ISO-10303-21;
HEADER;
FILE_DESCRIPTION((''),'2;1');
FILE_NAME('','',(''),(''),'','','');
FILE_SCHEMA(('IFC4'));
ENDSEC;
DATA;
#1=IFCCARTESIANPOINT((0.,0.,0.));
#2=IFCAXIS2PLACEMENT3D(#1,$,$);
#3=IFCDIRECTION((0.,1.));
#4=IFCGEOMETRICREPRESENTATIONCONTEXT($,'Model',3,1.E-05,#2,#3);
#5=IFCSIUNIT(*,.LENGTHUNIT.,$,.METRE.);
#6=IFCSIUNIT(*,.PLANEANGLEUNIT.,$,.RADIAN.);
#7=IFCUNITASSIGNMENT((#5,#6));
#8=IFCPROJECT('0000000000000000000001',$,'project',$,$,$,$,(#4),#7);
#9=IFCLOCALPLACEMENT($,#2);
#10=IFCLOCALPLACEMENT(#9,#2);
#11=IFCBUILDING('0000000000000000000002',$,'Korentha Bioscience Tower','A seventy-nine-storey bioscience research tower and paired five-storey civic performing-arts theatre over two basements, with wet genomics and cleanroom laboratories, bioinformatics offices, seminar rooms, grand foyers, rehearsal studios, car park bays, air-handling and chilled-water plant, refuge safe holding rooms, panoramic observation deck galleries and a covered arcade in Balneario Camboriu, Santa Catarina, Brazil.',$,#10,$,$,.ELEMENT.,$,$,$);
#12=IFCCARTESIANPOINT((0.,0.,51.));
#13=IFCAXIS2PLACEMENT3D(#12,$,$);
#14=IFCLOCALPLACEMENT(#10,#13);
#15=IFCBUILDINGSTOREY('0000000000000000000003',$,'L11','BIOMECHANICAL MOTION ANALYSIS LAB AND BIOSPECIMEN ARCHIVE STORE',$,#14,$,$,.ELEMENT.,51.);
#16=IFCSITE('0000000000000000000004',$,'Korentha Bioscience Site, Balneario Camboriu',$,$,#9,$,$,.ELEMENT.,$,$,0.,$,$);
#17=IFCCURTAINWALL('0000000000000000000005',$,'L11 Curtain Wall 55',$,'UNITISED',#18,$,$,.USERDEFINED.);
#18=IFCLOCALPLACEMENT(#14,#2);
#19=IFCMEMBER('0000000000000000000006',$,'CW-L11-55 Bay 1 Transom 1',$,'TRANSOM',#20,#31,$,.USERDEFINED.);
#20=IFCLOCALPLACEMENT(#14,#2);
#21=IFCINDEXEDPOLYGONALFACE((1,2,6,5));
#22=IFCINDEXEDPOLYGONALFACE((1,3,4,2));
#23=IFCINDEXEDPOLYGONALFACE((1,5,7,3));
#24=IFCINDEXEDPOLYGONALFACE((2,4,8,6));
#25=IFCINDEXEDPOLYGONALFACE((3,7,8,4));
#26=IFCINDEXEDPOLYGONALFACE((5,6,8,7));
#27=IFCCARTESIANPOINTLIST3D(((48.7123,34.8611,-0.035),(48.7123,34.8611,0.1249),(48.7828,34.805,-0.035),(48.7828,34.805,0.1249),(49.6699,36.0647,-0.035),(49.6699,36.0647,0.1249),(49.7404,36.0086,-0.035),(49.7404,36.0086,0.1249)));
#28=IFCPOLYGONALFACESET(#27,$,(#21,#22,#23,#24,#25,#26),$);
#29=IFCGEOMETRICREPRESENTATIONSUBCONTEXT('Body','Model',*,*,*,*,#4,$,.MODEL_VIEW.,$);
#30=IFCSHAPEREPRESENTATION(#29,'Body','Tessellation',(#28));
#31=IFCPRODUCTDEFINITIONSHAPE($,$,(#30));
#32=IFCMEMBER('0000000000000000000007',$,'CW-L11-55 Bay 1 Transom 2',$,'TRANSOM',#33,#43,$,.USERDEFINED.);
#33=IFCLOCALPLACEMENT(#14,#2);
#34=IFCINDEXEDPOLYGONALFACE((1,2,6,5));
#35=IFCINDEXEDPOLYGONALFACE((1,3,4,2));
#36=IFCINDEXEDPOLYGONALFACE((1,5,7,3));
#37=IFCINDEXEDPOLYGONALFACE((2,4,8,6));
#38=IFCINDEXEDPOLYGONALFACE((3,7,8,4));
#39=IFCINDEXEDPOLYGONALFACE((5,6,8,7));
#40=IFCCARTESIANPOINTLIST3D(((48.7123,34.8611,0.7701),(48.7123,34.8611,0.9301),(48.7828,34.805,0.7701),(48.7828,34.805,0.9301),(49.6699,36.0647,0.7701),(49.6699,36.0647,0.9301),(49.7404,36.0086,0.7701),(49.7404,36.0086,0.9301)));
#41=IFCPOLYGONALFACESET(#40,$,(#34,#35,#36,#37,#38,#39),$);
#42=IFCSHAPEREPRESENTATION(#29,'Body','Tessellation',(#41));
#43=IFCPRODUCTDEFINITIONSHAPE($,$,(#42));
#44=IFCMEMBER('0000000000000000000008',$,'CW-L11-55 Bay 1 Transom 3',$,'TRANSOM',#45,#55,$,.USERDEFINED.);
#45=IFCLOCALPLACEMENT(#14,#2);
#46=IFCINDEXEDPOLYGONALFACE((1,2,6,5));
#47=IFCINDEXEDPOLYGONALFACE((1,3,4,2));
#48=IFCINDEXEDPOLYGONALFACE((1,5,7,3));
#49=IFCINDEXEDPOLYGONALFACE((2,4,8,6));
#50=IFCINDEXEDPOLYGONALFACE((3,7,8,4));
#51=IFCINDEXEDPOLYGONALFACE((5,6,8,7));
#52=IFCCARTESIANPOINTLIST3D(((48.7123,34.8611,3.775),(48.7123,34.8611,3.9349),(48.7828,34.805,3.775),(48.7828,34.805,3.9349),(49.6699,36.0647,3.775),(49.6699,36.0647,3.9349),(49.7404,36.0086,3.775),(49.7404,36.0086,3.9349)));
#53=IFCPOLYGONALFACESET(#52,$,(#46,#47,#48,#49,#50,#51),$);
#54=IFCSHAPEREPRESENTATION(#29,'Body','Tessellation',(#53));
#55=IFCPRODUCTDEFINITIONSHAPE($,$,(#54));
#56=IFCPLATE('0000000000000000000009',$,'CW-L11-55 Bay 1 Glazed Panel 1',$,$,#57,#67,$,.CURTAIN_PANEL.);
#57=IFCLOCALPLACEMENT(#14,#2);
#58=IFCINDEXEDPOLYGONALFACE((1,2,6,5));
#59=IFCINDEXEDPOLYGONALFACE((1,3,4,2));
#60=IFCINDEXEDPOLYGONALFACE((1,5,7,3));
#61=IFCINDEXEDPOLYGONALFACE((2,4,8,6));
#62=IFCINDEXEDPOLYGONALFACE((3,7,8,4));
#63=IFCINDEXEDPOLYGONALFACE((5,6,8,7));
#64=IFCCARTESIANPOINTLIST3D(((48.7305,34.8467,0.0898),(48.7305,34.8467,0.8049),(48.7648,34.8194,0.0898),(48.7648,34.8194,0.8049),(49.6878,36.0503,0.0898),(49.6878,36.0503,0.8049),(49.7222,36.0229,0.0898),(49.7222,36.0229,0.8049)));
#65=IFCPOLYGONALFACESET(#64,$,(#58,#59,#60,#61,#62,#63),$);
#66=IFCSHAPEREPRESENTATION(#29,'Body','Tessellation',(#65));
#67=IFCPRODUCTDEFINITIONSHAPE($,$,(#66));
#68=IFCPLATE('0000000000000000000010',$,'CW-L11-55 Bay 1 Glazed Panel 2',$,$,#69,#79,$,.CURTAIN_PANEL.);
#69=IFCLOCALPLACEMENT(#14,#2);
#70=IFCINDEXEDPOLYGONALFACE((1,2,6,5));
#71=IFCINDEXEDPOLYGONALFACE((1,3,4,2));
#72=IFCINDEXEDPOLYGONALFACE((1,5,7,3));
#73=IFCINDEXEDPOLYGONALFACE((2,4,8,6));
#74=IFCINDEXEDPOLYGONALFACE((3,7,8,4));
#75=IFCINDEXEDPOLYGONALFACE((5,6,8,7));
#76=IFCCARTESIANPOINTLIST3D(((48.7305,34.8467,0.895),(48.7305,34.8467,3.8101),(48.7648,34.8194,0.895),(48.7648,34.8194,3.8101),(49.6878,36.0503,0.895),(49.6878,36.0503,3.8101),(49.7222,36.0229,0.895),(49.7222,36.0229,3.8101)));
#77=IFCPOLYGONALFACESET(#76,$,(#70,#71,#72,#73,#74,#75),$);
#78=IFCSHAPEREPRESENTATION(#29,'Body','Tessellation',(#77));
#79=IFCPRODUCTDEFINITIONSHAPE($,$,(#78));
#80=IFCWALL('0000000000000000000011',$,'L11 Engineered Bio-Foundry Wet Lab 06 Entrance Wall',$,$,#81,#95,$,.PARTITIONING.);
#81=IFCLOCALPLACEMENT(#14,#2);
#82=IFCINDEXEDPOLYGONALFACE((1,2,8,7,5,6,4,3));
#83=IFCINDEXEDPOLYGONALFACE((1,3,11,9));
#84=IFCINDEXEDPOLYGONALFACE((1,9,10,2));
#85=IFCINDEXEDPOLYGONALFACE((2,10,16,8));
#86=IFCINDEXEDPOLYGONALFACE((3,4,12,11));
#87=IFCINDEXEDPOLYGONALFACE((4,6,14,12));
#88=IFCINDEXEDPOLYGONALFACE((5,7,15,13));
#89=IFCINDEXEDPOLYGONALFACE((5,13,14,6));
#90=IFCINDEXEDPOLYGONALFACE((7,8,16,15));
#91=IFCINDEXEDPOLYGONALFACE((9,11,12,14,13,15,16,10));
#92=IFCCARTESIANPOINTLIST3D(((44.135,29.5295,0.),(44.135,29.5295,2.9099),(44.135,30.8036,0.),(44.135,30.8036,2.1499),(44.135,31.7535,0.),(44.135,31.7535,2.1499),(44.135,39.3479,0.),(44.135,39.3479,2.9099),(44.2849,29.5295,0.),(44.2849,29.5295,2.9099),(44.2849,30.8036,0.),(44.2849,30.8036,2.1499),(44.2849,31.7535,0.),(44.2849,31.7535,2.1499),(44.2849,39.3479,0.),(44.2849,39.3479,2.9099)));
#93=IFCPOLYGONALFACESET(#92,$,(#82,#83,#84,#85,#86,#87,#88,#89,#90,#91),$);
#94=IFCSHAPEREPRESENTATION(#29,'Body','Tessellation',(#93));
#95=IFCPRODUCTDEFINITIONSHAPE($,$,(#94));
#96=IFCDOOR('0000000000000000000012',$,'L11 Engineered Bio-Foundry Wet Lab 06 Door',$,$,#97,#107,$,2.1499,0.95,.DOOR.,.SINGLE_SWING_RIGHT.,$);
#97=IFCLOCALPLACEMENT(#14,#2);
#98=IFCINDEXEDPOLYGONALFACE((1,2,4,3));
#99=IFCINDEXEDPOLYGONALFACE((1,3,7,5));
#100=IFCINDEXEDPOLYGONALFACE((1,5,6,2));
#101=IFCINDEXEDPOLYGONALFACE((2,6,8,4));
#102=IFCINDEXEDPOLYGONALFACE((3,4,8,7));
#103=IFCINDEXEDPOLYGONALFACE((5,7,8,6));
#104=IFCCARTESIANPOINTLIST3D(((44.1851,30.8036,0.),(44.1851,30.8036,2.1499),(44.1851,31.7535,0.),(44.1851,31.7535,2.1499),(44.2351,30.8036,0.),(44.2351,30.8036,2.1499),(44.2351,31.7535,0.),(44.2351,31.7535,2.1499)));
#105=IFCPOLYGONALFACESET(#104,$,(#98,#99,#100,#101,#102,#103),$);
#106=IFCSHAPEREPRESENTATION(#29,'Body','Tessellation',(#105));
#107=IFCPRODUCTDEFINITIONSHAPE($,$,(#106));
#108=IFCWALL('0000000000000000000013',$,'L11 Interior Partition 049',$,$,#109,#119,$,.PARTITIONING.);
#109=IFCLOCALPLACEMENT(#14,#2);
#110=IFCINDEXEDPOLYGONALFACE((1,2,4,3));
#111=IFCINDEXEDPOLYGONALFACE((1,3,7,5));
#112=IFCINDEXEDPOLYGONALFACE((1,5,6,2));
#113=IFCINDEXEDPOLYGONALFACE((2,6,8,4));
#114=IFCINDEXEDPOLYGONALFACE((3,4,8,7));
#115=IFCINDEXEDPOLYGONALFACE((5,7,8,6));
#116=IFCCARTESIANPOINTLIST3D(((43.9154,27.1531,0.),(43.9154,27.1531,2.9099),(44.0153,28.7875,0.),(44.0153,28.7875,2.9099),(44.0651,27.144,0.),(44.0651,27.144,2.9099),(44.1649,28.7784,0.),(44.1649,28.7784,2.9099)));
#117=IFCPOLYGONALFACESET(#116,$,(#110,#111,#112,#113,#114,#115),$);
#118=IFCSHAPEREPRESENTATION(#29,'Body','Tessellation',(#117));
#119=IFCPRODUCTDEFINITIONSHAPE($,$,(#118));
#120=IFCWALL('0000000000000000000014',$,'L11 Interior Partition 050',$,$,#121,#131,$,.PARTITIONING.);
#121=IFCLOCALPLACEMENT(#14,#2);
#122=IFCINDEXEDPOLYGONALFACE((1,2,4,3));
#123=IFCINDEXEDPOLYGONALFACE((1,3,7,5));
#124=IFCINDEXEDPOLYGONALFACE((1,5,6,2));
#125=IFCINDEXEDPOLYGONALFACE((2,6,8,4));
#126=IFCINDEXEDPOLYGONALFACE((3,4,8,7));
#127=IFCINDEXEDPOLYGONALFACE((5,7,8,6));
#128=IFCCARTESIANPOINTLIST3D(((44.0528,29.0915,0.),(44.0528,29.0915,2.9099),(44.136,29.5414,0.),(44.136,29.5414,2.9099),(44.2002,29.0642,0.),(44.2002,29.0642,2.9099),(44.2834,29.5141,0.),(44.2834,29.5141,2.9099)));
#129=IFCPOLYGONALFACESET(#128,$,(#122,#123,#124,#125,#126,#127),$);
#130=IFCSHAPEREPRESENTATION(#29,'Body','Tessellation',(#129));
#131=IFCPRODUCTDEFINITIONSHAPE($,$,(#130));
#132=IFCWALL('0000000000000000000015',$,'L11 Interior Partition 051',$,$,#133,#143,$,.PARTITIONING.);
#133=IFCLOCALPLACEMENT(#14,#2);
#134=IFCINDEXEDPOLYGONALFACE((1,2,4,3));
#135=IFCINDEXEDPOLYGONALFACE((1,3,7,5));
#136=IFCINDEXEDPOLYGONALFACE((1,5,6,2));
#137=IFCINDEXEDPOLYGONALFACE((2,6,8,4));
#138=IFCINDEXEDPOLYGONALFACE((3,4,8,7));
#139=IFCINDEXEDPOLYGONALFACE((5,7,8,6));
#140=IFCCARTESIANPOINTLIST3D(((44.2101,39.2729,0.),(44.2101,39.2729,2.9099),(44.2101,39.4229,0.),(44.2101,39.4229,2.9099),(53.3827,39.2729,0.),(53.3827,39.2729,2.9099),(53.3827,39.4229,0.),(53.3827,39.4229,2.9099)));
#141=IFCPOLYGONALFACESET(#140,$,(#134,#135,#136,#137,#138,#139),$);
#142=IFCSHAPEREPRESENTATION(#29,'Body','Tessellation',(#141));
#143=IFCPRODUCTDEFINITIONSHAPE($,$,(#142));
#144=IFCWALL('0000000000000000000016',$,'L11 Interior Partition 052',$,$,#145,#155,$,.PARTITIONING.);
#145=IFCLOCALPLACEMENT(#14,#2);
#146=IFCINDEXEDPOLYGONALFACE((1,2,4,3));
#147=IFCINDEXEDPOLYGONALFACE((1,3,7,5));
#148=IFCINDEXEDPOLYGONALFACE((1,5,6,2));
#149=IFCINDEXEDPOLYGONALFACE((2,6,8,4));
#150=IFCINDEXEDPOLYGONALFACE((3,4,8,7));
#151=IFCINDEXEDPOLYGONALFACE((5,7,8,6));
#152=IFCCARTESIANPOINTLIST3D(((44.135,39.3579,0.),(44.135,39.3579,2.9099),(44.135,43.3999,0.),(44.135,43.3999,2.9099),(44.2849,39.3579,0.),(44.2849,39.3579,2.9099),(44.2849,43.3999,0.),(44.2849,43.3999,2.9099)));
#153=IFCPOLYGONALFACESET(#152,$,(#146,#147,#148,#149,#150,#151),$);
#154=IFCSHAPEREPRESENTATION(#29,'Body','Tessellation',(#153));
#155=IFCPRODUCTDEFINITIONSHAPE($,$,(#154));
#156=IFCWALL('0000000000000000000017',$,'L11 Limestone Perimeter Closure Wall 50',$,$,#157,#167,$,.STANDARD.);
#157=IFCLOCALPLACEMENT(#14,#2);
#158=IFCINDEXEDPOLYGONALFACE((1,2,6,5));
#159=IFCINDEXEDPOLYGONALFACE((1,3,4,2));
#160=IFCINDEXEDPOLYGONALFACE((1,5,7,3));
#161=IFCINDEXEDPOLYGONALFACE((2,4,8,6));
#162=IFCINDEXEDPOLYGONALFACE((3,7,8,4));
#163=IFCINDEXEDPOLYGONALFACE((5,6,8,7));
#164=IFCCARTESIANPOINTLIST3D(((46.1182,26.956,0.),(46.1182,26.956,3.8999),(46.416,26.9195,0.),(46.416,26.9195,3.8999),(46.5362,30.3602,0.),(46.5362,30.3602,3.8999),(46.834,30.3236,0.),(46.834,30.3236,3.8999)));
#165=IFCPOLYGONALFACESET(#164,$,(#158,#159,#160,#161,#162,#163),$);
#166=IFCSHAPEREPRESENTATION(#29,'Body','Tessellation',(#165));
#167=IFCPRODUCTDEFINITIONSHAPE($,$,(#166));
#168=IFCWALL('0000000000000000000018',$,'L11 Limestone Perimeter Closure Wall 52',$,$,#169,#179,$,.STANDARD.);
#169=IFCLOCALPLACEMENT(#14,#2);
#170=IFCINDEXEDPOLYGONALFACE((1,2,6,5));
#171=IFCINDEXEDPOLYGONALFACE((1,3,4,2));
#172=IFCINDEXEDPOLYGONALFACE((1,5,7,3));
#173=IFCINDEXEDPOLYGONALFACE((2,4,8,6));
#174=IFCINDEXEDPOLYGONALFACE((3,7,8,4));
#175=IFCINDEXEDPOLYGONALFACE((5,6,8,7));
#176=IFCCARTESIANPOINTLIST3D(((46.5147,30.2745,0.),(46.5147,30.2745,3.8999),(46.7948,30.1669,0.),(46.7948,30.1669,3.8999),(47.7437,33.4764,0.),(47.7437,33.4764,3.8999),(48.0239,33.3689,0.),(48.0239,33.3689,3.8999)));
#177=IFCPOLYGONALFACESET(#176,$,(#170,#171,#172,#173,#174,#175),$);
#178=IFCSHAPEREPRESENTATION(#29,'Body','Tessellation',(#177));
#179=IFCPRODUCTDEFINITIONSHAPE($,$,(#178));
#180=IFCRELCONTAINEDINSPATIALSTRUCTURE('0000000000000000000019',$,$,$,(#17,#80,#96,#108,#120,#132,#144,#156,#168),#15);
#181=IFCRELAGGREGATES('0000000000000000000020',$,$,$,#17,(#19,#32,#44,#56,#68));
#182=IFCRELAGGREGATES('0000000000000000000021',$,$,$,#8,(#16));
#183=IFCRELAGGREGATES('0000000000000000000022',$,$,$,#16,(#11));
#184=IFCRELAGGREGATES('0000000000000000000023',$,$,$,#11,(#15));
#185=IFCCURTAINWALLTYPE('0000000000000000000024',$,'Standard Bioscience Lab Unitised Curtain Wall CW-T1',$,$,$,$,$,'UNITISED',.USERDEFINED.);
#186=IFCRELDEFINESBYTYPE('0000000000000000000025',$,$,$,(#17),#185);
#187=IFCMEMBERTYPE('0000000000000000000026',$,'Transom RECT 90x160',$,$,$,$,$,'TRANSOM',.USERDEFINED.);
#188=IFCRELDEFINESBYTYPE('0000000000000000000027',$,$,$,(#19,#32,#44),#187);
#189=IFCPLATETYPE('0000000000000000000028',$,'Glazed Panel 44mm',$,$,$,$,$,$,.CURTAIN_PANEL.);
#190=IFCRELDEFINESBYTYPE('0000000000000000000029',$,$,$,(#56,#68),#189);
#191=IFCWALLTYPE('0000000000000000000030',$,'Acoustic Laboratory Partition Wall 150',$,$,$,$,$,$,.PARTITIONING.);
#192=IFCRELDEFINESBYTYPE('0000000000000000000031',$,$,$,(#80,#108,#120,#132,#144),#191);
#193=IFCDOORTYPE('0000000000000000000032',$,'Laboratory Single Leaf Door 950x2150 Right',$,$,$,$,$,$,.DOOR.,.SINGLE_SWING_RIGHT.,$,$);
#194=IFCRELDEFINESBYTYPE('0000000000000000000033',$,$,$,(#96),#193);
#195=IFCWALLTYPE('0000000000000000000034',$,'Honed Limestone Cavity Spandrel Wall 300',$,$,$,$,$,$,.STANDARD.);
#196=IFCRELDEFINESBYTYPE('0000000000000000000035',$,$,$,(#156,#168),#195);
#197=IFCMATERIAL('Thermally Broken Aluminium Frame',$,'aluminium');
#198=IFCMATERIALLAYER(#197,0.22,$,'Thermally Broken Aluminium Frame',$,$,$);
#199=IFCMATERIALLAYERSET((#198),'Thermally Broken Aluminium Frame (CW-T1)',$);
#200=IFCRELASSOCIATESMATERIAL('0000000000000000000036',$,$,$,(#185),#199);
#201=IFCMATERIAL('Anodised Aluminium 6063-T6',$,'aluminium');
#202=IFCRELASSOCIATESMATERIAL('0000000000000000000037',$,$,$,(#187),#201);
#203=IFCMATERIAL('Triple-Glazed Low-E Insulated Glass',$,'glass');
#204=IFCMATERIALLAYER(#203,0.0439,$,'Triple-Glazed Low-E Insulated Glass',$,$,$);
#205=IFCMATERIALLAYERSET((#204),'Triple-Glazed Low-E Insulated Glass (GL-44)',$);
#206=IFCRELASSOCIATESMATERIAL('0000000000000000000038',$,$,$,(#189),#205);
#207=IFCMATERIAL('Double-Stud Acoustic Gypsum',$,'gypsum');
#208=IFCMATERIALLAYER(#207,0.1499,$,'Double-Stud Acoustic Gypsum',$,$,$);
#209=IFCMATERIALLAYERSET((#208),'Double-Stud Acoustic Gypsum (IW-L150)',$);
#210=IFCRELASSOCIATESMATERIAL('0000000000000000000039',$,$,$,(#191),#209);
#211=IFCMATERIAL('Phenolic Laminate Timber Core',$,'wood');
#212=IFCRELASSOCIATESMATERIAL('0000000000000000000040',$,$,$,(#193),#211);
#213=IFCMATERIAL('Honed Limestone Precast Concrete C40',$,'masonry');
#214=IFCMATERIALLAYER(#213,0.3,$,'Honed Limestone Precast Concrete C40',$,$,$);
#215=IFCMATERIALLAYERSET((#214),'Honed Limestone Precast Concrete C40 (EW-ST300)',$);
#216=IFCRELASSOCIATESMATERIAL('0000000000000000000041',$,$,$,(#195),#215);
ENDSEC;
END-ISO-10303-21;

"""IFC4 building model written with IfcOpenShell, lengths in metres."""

from ifc_helpers import new_model, si_unit, direction, frame, frame_2d, origin, origin_2d, place, context, subcontext, project, spatial, rectangle, extrude, material, layer, layer_set, material_profile, profile_set, type_object, element, fill, aggregate, save


model = new_model("IFC4")

# Units and contexts
model_context = context("Model", 3, precision=1e-05, world=origin(), true_north=direction((0.0, 1.0)))
body_context = subcontext(model_context, "Body", "Model", "MODEL_VIEW")
ifc_project = project(units=[si_unit("LENGTHUNIT", "METRE"), si_unit("PLANEANGLEUNIT", "RADIAN")], contexts=[model_context])

# Site, building, storey
site_placement = place(None, origin())
site = spatial("IfcSite", under=ifc_project, at=site_placement, Name="Korentha Bioscience Site, Balneario Camboriu", CompositionType="ELEMENT", RefElevation=0.0)
building_placement = place(site_placement, origin())
building = spatial("IfcBuilding", under=site, at=building_placement, Name="Korentha Bioscience Tower", Description="A seventy-nine-storey bioscience research tower and paired five-storey civic performing-arts theatre over two basements, with wet genomics and cleanroom laboratories, bioinformatics offices, seminar rooms, grand foyers, rehearsal studios, car park bays, air-handling and chilled-water plant, refuge safe holding rooms, panoramic observation deck galleries and a covered arcade in Balneario Camboriu, Santa Catarina, Brazil.", CompositionType="ELEMENT")
storey_placement = place(building_placement, frame((0.0, 0.0, 51.0)))
storey = spatial("IfcBuildingStorey", under=building, at=storey_placement, Name="L11", Description="BIOMECHANICAL MOTION ANALYSIS LAB AND BIOSPECIMEN ARCHIVE STORE", CompositionType="ELEMENT", Elevation=51.0)

# Shared definitions
ifc_material_1 = material(Name="Thermally Broken Aluminium Frame", Category="aluminium")
ifc_layer_1 = layer(ifc_material_1, 0.22, Name="Thermally Broken Aluminium Frame")
ifc_layer_set_1 = layer_set([ifc_layer_1], Name="Thermally Broken Aluminium Frame (CW-T1)")
curtain_wall_type = type_object("IfcCurtainWallType", Name="Standard Bioscience Lab Unitised Curtain Wall CW-T1", ElementType="UNITISED", PredefinedType="USERDEFINED", material=ifc_layer_set_1)
ifc_material_2 = material(Name="Anodised Aluminium 6063-T6", Category="aluminium")

# Curtain wall
curtain_wall_1_placement = place(storey_placement, origin())
curtain_wall_1 = element("IfcCurtainWall", 1, at=curtain_wall_1_placement, inside=storey, type_object=curtain_wall_type, Name="L11 Curtain Wall 55", ObjectType="UNITISED", PredefinedType="USERDEFINED")

# Members
ifc_material_profile_1 = material_profile(ifc_material_2, rectangle(XDim=0.0901, YDim=0.1599, at=origin_2d()), Name="Anodised Aluminium 6063-T6")
ifc_profile_set_1 = profile_set([ifc_material_profile_1], Name="Anodised Aluminium 6063-T6 (CW-TRN)")
member_type_1 = type_object("IfcMemberType", Name="Transom RECT 90x160", ElementType="TRANSOM", PredefinedType="USERDEFINED", material=ifc_profile_set_1)
member_1_placement = place(storey_placement, frame((48.7476, 34.833, 0.0449), z_axis=(0.622563, 0.782569, 0.0), x_axis=(-0.782569, 0.622563, 0.0)))
member_1 = element("IfcMember", 2, at=member_1_placement, type_object=member_type_1, Name="CW-L11-55 Bay 1 Transom 1", ObjectType="TRANSOM", PredefinedType="USERDEFINED", context=body_context, shape_type="SweptSolid", body=[
    extrude(rectangle(XDim=0.0901, YDim=0.1599, at=origin_2d()), origin(), (0.0, 0.0, 1.0), 1.5381),
])
member_2_placement = place(storey_placement, frame((48.7476, 34.833, 0.8501), z_axis=(0.622563, 0.782569, 0.0), x_axis=(-0.782569, 0.622563, 0.0)))
member_2 = element("IfcMember", 3, at=member_2_placement, type_object=member_type_1, Name="CW-L11-55 Bay 1 Transom 2", ObjectType="TRANSOM", PredefinedType="USERDEFINED", context=body_context, shape_type="SweptSolid", body=[
    extrude(rectangle(XDim=0.0901, YDim=0.1599, at=origin_2d()), origin(), (0.0, 0.0, 1.0), 1.5381),
])
member_3_placement = place(storey_placement, frame((48.7476, 34.833, 3.855), z_axis=(0.622563, 0.782569, 0.0), x_axis=(-0.782569, 0.622563, 0.0)))
member_3 = element("IfcMember", 4, at=member_3_placement, type_object=member_type_1, Name="CW-L11-55 Bay 1 Transom 3", ObjectType="TRANSOM", PredefinedType="USERDEFINED", context=body_context, shape_type="SweptSolid", body=[
    extrude(rectangle(XDim=0.0901, YDim=0.1599, at=origin_2d()), origin(), (0.0, 0.0, 1.0), 1.5381),
])

# Plates
ifc_material_3 = material(Name="Triple-Glazed Low-E Insulated Glass", Category="glass")
ifc_layer_2 = layer(ifc_material_3, 0.0439, Name="Triple-Glazed Low-E Insulated Glass")
ifc_layer_set_2 = layer_set([ifc_layer_2], Name="Triple-Glazed Low-E Insulated Glass (GL-44)")
plate_type = type_object("IfcPlateType", Name="Glazed Panel 44mm", PredefinedType="CURTAIN_PANEL", material=ifc_layer_set_2)
plate_1_placement = place(storey_placement, frame((49.2263, 35.4348, 0.0898), z_axis=(0.0, 0.0, 1.0), x_axis=(0.62252, 0.782604, 0.0)))
plate_1 = element("IfcPlate", 5, at=plate_1_placement, type_object=plate_type, Name="CW-L11-55 Bay 1 Glazed Panel 1", PredefinedType="CURTAIN_PANEL", context=body_context, shape_type="SweptSolid", body=[
    extrude(rectangle(XDim=1.5378, YDim=0.0439, at=origin_2d()), origin(), (0.0, 0.0, 1.0), 0.7151),
])
plate_2_placement = place(storey_placement, frame((49.2263, 35.4348, 0.895), z_axis=(0.0, 0.0, 1.0), x_axis=(0.62252, 0.782604, 0.0)))
plate_2 = element("IfcPlate", 6, at=plate_2_placement, type_object=plate_type, Name="CW-L11-55 Bay 1 Glazed Panel 2", PredefinedType="CURTAIN_PANEL", context=body_context, shape_type="SweptSolid", body=[
    extrude(rectangle(XDim=1.5378, YDim=0.0439, at=origin_2d()), origin(), (0.0, 0.0, 1.0), 2.915),
])
aggregate(curtain_wall_1, [member_1, member_2, member_3, plate_1, plate_2])

# Wall, opening, door
ifc_material_4 = material(Name="Double-Stud Acoustic Gypsum", Category="gypsum")
ifc_layer_3 = layer(ifc_material_4, 0.1499, Name="Double-Stud Acoustic Gypsum")
ifc_layer_set_3 = layer_set([ifc_layer_3], Name="Double-Stud Acoustic Gypsum (IW-L150)")
wall_type_1 = type_object("IfcWallType", Name="Acoustic Laboratory Partition Wall 150", PredefinedType="PARTITIONING", material=ifc_layer_set_3)
wall_1_placement = place(storey_placement, frame((44.21, 29.5295, 0.0), z_axis=(0.0, 0.0, 1.0), x_axis=(0.0, 1.0, 0.0)))
wall_1 = element("IfcWall", 7, at=wall_1_placement, inside=storey, type_object=wall_type_1, Name="L11 Engineered Bio-Foundry Wet Lab 06 Entrance Wall", PredefinedType="PARTITIONING", context=body_context, shape_type="SweptSolid", body=[
    extrude(rectangle(XDim=9.8184, YDim=0.1499, at=frame_2d((4.9092, 0.0))), origin(), (0.0, 0.0, 1.0), 2.9099),
])
opening_placement = place(wall_1_placement, frame((1.2739, 0.0, 0.0)))
opening = element("IfcOpeningElement", 8, at=opening_placement, cuts=wall_1, PredefinedType="OPENING", context=body_context, shape_type="SweptSolid", body=[
    extrude(rectangle(XDim=0.95, YDim=2.1499, at=frame_2d((0.4751, 1.075))), frame((0.0, 0.0898, 0.0), z_axis=(0.0, -1.0, 0.0), x_axis=(1.0, 0.0, 0.0)), (0.0, 0.0, 1.0), 0.1797),
])
ifc_material_5 = material(Name="Phenolic Laminate Timber Core", Category="wood")
door_type = type_object("IfcDoorType", Name="Laboratory Single Leaf Door 950x2150 Right", OperationType="SINGLE_SWING_RIGHT", PredefinedType="DOOR", material=ifc_material_5)
door_placement = place(opening_placement, origin())
door = element("IfcDoor", 9, at=door_placement, inside=storey, type_object=door_type, Name="L11 Engineered Bio-Foundry Wet Lab 06 Door", OperationType="SINGLE_SWING_RIGHT", OverallHeight=2.1499, OverallWidth=0.95, PredefinedType="DOOR", context=body_context, shape_type="SweptSolid", body=[
    extrude(rectangle(XDim=0.95, YDim=2.1499, at=frame_2d((0.4751, 1.075))), frame((0.0, 0.0249, 0.0), z_axis=(0.0, -1.0, 0.0), x_axis=(1.0, 0.0, 0.0)), (0.0, 0.0, 1.0), 0.05),
])
fill(opening, door)

# Walls
wall_2_placement = place(storey_placement, frame((43.9902, 27.1484, 0.0), z_axis=(0.0, 0.0, 1.0), x_axis=(0.060977, 0.998139, 0.0)))
element("IfcWall", 10, at=wall_2_placement, inside=storey, type_object=wall_type_1, Name="L11 Interior Partition 049", PredefinedType="PARTITIONING", context=body_context, shape_type="SweptSolid", body=[
    extrude(rectangle(XDim=1.6375, YDim=0.1499, at=frame_2d((0.8188, 0.0))), origin(), (0.0, 0.0, 1.0), 2.9099),
])
wall_3_placement = place(storey_placement, frame((44.1265, 29.0779, 0.0), z_axis=(0.0, 0.0, 1.0), x_axis=(0.181936, 0.98331, 0.0)))
element("IfcWall", 11, at=wall_3_placement, inside=storey, type_object=wall_type_1, Name="L11 Interior Partition 050", PredefinedType="PARTITIONING", context=body_context, shape_type="SweptSolid", body=[
    extrude(rectangle(XDim=0.4575, YDim=0.1499, at=frame_2d((0.2288, 0.0))), origin(), (0.0, 0.0, 1.0), 2.9099),
])
wall_4_placement = place(storey_placement, frame((44.21, 39.3479, 0.0), z_axis=(0.0, 0.0, 1.0), x_axis=(1.0, 0.0, 0.0)))
element("IfcWall", 12, at=wall_4_placement, inside=storey, type_object=wall_type_1, Name="L11 Interior Partition 051", PredefinedType="PARTITIONING", context=body_context, shape_type="SweptSolid", body=[
    extrude(rectangle(XDim=9.1726, YDim=0.1499, at=frame_2d((4.5864, 0.0))), origin(), (0.0, 0.0, 1.0), 2.9099),
])
wall_5_placement = place(storey_placement, frame((44.21, 39.3579, 0.0), z_axis=(0.0, 0.0, 1.0), x_axis=(0.0, 1.0, 0.0)))
element("IfcWall", 13, at=wall_5_placement, inside=storey, type_object=wall_type_1, Name="L11 Interior Partition 052", PredefinedType="PARTITIONING", context=body_context, shape_type="SweptSolid", body=[
    extrude(rectangle(XDim=4.042, YDim=0.1499, at=frame_2d((2.021, 0.0))), origin(), (0.0, 0.0, 1.0), 2.9099),
])
ifc_material_6 = material(Name="Honed Limestone Precast Concrete C40", Category="masonry")
ifc_layer_4 = layer(ifc_material_6, 0.3, Name="Honed Limestone Precast Concrete C40")
ifc_layer_set_4 = layer_set([ifc_layer_4], Name="Honed Limestone Precast Concrete C40 (EW-ST300)")
wall_type_2 = type_object("IfcWallType", Name="Honed Limestone Cavity Spandrel Wall 300", PredefinedType="STANDARD", material=ifc_layer_set_4)
for number, where, z_axis, x_axis, name in (
    (14, (46.2671, 26.9377, 0.0), (0.0, 0.0, 1.0), (0.12187, 0.992546, 0.0), "L11 Limestone Perimeter Closure Wall 50"),
    (15, (46.6548, 30.2207, 0.0), (0.0, 0.0, 1.0), (0.358345, 0.933589, 0.0), "L11 Limestone Perimeter Closure Wall 52"),
):
    element("IfcWall", number, at=place(storey_placement, frame(where, z_axis=z_axis, x_axis=x_axis)), inside=storey, type_object=wall_type_2, Name=name, PredefinedType="STANDARD", context=body_context, shape_type="SweptSolid", body=[
        extrude(rectangle(XDim=3.4297, YDim=0.3, at=frame_2d((1.7148, 0.0))), origin(), (0.0, 0.0, 1.0), 3.8999),
    ])

save(model, "model.ifc")
